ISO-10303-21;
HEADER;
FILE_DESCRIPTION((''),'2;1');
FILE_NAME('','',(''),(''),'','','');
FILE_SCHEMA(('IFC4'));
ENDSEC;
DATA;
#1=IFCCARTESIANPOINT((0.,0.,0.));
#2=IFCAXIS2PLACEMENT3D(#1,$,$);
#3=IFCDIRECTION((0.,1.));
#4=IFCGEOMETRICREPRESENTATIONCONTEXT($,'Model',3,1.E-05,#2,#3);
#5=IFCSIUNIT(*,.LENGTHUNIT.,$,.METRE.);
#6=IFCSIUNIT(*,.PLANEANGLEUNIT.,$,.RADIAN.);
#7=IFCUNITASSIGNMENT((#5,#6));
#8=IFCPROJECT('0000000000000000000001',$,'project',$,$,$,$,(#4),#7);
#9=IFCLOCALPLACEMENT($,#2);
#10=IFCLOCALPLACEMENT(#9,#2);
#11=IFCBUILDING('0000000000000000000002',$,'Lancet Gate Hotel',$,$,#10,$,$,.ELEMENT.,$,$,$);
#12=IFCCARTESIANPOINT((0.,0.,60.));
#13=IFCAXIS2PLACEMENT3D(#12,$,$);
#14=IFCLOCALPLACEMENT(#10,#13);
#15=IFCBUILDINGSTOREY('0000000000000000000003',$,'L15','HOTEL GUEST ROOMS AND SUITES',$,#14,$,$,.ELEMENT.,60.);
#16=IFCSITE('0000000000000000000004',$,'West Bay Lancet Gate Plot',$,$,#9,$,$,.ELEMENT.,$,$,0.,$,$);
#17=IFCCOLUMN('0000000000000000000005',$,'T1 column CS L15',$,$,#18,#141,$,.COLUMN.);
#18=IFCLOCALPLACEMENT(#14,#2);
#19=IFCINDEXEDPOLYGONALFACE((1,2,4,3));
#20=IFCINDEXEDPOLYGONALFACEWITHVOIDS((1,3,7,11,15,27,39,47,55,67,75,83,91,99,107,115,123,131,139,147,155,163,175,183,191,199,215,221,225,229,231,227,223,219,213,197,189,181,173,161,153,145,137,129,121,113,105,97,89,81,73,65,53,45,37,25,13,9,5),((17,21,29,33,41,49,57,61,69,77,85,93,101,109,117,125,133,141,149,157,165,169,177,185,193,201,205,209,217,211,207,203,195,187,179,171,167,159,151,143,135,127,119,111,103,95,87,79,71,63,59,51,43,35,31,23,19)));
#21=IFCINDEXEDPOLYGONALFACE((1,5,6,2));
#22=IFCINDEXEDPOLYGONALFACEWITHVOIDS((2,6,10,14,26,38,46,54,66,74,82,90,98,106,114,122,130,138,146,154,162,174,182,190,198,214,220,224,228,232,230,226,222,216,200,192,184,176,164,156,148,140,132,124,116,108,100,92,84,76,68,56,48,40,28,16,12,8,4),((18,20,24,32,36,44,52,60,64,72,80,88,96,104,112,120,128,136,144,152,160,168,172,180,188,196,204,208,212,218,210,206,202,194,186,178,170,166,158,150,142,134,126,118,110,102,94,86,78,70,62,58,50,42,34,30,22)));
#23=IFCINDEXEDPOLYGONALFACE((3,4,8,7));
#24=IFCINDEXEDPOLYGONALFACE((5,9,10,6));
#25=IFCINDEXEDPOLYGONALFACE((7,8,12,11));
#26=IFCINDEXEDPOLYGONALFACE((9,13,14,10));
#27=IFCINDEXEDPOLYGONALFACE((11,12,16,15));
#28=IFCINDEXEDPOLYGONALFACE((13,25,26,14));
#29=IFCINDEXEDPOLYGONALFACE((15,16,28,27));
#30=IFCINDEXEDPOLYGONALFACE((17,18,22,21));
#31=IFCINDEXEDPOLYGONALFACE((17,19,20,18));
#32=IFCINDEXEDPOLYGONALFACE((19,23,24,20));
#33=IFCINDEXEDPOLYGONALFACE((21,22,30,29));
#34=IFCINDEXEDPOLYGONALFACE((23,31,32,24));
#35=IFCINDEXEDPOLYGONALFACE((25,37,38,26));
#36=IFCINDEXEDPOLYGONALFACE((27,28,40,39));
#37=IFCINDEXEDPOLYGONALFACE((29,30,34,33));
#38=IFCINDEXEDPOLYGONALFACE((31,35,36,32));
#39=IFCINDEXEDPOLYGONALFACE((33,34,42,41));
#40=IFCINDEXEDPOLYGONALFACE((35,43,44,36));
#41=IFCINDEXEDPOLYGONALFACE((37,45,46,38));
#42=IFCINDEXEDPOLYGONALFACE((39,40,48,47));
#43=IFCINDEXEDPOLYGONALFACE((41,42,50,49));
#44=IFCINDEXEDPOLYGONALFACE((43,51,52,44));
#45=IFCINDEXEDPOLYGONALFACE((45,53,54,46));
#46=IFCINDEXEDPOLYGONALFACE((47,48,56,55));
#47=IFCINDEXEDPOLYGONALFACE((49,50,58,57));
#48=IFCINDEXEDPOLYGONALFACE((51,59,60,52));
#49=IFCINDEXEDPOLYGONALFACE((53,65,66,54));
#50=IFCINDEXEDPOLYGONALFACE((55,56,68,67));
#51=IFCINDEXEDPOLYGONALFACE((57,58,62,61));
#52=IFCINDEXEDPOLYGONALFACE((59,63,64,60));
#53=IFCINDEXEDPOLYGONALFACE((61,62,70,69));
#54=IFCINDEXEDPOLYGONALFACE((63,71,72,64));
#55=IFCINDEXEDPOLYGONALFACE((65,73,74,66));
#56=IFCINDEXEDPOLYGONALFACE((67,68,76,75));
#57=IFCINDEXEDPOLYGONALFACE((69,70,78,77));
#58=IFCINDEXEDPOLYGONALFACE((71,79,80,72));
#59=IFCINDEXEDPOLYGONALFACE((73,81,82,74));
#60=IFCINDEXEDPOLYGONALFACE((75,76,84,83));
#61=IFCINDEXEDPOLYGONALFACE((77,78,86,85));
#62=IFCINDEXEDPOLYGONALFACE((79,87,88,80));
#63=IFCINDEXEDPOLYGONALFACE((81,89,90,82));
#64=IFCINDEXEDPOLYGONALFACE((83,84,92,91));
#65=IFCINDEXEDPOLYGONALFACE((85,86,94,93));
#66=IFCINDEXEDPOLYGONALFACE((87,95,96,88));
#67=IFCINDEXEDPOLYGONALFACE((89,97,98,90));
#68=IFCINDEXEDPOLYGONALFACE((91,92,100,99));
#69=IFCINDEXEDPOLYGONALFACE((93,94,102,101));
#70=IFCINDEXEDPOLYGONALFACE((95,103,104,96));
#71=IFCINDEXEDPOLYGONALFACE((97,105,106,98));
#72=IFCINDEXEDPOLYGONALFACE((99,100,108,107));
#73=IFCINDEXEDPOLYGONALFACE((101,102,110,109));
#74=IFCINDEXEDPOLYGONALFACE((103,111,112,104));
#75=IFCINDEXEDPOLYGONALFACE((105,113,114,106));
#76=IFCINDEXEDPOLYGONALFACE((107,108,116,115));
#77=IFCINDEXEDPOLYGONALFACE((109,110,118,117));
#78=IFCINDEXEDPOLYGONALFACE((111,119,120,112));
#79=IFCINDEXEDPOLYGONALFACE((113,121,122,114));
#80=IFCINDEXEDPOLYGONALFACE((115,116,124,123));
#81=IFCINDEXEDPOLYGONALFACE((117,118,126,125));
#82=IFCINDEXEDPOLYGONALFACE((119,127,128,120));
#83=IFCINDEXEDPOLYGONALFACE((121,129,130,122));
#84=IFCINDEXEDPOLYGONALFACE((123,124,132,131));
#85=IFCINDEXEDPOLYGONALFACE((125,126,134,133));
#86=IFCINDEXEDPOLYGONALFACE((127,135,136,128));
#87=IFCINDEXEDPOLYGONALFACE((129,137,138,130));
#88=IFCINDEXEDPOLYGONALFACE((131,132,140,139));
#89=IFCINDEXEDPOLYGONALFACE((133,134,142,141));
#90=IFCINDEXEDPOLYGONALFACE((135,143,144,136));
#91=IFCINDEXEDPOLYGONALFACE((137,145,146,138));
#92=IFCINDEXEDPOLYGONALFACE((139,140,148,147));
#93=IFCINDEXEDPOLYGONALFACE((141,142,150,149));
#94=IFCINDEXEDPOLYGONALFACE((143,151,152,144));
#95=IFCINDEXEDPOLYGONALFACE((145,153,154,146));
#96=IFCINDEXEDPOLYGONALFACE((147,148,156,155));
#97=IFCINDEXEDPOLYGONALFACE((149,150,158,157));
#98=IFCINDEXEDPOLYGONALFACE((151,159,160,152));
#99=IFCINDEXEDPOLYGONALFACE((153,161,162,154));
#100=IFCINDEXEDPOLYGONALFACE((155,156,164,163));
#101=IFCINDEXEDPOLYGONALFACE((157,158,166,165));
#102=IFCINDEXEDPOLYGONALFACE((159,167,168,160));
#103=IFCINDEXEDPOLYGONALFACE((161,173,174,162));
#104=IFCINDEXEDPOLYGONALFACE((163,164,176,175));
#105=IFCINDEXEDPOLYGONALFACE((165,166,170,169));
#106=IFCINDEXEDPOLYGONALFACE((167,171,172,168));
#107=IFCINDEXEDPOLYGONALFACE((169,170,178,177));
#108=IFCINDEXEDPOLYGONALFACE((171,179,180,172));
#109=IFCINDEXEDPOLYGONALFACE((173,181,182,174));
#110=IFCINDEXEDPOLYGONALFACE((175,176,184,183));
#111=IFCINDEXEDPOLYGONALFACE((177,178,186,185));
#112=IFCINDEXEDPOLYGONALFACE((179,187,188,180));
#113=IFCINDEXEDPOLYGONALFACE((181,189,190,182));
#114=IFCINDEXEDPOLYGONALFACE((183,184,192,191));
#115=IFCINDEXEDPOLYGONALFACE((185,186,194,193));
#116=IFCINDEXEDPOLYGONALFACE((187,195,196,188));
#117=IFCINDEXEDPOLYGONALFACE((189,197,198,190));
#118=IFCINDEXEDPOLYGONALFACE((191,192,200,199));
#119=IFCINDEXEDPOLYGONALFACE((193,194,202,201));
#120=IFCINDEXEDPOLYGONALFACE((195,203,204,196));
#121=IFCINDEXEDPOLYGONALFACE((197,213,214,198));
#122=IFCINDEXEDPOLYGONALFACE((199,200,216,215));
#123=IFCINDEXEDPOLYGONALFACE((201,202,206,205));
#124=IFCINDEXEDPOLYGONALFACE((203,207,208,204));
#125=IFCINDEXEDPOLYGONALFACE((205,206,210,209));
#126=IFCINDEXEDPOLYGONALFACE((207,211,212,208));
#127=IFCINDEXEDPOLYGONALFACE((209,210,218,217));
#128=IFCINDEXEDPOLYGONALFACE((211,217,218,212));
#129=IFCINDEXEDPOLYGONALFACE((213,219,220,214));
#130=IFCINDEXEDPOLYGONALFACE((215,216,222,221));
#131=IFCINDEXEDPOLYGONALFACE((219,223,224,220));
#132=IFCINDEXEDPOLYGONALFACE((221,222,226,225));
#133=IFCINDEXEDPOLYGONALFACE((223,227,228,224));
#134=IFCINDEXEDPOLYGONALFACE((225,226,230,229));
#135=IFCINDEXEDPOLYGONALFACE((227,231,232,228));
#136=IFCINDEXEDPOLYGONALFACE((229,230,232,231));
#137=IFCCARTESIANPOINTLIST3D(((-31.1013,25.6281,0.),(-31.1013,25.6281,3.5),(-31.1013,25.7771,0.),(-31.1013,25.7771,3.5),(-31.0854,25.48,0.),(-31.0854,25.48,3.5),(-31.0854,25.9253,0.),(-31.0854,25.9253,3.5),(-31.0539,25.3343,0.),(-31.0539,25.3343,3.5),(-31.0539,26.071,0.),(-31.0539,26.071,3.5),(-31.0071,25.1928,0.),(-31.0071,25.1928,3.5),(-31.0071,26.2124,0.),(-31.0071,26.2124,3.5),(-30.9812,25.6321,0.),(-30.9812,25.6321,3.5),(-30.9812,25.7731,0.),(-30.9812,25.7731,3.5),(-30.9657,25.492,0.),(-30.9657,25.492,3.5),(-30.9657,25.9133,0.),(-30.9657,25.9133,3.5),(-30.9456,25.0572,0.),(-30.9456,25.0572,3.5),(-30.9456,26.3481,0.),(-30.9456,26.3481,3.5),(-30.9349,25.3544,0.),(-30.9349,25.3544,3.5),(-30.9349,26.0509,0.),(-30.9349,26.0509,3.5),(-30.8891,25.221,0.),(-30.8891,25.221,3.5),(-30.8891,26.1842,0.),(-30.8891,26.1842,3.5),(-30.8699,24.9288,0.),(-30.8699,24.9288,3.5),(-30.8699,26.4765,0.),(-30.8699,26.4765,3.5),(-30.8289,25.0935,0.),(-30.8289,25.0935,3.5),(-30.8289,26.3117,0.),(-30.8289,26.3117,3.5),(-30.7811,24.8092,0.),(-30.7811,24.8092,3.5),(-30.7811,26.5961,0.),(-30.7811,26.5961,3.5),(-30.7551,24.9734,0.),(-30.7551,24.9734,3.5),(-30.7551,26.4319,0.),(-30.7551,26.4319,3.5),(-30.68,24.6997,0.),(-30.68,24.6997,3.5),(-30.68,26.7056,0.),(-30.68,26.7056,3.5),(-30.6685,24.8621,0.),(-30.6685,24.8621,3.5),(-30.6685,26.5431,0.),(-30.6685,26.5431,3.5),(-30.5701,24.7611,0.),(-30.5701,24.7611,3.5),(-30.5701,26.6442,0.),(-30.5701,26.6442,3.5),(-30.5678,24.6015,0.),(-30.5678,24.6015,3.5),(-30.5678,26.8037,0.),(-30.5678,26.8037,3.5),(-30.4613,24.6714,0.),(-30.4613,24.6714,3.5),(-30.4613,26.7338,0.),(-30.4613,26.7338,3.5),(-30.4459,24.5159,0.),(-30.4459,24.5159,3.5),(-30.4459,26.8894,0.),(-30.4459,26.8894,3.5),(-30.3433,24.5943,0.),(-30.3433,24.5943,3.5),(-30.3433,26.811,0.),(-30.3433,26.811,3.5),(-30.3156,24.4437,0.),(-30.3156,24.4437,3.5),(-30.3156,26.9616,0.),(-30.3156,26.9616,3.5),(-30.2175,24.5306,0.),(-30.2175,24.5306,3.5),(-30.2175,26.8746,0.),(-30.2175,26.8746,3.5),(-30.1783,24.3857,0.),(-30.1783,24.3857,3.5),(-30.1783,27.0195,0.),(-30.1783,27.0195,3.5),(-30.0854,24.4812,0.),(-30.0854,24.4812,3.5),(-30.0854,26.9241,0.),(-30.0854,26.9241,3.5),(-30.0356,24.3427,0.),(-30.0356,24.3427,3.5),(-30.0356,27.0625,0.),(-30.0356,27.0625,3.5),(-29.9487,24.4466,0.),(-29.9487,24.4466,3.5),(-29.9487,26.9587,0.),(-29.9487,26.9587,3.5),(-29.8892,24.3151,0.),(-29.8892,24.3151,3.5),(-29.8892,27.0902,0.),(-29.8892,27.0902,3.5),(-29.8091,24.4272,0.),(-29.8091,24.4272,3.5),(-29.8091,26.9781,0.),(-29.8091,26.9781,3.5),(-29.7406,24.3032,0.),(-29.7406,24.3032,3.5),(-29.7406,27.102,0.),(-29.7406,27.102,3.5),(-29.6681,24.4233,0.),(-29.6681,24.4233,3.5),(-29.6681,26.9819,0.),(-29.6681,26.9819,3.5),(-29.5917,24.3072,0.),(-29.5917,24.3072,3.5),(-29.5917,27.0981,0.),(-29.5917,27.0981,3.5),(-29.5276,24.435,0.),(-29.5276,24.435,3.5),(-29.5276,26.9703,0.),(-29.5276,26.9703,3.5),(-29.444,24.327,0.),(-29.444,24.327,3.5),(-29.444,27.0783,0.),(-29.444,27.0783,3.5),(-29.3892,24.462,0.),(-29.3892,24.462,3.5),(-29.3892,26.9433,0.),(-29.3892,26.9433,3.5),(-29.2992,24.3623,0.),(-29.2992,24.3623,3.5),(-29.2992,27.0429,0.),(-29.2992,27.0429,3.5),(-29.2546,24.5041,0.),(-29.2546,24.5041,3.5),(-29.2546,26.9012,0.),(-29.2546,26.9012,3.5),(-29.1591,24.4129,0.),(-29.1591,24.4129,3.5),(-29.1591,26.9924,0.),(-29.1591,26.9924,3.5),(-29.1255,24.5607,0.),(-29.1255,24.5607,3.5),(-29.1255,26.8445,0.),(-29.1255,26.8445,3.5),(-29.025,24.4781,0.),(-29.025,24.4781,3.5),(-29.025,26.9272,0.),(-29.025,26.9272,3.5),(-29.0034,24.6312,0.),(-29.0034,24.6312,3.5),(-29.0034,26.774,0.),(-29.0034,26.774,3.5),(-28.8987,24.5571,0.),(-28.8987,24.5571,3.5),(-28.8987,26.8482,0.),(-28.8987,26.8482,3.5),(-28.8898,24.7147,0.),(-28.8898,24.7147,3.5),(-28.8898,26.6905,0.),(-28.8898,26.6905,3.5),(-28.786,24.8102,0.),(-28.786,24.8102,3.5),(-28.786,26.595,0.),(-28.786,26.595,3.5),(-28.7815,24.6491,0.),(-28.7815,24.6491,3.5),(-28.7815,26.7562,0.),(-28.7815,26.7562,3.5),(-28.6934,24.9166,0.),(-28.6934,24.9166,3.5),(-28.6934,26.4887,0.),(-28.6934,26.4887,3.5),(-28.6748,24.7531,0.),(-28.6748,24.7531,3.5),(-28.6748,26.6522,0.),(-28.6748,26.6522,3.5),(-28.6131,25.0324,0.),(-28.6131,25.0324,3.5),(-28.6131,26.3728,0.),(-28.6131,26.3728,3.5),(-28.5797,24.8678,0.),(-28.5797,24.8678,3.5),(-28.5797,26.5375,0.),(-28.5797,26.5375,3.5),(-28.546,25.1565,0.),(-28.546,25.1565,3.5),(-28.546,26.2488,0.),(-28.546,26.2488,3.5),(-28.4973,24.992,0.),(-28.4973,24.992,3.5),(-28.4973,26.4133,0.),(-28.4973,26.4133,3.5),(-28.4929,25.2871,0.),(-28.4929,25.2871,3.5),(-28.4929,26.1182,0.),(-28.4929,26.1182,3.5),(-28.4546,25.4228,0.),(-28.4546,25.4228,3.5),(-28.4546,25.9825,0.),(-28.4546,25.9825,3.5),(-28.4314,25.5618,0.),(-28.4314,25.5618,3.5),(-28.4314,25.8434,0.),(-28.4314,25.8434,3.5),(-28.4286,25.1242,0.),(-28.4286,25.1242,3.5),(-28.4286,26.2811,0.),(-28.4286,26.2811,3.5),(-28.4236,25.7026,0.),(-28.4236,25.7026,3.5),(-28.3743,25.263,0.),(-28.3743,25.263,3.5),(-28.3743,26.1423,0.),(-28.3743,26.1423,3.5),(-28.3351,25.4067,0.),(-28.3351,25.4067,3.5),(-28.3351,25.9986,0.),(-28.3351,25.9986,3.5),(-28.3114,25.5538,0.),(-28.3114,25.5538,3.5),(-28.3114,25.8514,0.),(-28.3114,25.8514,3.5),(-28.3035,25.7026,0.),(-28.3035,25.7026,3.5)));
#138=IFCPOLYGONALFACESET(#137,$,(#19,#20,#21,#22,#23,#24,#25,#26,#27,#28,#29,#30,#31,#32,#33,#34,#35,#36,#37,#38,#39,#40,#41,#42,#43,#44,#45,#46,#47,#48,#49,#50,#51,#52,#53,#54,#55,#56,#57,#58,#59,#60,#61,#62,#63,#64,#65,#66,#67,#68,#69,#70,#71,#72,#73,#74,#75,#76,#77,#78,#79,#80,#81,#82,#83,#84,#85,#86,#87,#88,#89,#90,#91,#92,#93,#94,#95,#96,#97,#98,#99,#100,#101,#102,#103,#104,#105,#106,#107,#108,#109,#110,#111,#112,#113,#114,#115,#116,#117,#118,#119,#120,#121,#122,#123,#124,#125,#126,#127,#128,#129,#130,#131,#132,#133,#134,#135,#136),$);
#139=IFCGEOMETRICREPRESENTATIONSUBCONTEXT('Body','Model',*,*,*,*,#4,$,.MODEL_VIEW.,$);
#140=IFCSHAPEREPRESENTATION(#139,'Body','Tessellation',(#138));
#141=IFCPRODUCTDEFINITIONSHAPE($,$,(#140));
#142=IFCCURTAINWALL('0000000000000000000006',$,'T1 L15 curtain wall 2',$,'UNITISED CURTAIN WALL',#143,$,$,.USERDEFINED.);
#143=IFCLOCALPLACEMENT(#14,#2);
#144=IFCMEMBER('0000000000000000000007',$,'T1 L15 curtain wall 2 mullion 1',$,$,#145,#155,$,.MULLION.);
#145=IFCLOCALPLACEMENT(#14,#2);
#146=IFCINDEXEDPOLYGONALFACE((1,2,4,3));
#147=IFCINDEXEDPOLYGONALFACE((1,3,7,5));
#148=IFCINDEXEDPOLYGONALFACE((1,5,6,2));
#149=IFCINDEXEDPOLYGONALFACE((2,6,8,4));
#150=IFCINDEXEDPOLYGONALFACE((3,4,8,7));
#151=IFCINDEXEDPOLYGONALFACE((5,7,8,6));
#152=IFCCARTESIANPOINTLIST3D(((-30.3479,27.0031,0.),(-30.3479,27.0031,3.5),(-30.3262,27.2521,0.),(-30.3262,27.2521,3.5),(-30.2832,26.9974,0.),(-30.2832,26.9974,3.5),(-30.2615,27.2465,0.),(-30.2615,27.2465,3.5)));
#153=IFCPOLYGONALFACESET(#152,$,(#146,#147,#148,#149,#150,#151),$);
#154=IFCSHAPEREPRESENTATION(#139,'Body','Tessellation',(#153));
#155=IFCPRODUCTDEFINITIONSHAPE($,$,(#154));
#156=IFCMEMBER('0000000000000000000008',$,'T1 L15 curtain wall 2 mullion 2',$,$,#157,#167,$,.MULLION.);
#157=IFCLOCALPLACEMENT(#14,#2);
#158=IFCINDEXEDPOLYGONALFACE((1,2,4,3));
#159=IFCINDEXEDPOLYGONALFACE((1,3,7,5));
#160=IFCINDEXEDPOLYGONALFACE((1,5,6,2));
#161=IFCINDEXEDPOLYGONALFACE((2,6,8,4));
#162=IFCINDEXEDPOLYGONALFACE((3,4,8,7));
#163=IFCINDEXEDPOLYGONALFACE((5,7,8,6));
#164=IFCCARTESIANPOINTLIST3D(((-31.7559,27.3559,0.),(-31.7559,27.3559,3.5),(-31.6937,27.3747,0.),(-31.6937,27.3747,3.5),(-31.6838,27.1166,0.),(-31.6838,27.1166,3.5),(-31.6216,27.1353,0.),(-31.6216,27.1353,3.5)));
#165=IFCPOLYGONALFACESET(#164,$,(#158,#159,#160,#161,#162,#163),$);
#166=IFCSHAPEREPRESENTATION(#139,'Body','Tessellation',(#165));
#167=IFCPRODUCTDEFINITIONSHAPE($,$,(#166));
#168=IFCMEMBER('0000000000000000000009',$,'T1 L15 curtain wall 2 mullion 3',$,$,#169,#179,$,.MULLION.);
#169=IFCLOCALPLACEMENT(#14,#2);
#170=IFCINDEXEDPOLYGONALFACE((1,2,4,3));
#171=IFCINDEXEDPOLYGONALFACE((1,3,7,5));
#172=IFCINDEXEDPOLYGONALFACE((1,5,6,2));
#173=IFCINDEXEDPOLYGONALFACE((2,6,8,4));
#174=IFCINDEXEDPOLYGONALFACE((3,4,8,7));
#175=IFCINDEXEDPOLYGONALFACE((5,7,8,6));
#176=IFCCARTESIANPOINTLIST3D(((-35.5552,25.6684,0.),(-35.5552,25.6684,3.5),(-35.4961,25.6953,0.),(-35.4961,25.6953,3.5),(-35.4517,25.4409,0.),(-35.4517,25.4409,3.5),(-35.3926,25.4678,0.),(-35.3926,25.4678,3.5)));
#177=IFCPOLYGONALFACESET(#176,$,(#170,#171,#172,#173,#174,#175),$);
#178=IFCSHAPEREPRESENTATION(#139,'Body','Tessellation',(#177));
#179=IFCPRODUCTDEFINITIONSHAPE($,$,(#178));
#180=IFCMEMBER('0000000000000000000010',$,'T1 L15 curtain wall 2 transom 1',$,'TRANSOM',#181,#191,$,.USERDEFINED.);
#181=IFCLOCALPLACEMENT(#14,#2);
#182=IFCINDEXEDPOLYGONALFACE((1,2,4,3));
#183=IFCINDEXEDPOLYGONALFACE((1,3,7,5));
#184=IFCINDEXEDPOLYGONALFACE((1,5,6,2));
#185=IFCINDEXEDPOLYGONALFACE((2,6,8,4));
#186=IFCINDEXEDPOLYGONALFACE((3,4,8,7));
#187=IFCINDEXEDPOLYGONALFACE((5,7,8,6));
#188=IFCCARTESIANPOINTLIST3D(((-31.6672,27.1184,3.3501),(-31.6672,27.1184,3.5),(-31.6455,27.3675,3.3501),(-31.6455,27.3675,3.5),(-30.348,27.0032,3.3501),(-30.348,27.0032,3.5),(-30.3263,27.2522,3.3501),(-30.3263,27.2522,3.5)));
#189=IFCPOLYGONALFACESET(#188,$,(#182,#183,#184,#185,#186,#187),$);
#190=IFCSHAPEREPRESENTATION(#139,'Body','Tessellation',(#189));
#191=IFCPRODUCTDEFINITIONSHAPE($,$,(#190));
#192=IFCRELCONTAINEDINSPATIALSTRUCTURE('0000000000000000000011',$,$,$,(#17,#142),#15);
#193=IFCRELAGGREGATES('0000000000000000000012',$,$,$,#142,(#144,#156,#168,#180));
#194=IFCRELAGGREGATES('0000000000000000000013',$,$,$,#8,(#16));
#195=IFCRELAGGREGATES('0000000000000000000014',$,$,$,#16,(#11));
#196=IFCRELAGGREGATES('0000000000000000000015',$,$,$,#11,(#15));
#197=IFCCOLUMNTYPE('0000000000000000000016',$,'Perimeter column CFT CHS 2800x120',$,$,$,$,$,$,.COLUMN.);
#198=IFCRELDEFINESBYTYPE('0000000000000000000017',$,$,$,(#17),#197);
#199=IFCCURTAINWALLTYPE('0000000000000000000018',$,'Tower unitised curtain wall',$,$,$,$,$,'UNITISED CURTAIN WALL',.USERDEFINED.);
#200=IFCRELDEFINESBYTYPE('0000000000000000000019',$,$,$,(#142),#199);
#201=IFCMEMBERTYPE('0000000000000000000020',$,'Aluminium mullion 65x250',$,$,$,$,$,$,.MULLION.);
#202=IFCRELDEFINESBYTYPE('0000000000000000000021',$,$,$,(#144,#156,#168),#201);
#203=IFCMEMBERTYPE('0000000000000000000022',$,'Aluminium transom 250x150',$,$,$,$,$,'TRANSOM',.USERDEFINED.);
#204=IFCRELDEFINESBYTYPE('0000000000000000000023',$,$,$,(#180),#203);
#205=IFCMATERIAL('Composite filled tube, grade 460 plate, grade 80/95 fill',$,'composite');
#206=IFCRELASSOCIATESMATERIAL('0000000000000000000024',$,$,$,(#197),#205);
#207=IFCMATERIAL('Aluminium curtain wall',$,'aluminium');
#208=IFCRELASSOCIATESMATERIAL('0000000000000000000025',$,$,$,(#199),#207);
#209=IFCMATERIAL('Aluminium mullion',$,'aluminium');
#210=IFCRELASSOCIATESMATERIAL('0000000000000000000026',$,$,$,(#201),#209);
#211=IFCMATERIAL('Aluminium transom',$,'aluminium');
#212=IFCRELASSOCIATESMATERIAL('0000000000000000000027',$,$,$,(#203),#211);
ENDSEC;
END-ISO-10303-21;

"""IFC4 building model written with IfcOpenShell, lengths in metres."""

from ifc_helpers import new_model, si_unit, direction, frame, origin, origin_2d, place, context, subcontext, project, spatial, rectangle, hollow_circle, extrude, material, material_profile, profile_set, type_object, element, aggregate, save


model = new_model("IFC4")

# Units and contexts
model_context = context("Model", 3, precision=1e-05, world=origin(), true_north=direction((0.0, 1.0)))
body_context = subcontext(model_context, "Body", "Model", "MODEL_VIEW")
ifc_project = project(units=[si_unit("LENGTHUNIT", "METRE"), si_unit("PLANEANGLEUNIT", "RADIAN")], contexts=[model_context])

# Site, building, storey
site_placement = place(None, origin())
site = spatial("IfcSite", under=ifc_project, at=site_placement, Name="West Bay Lancet Gate Plot", CompositionType="ELEMENT", RefElevation=0.0)
building_placement = place(site_placement, origin())
building = spatial("IfcBuilding", under=site, at=building_placement, Name="Lancet Gate Hotel", CompositionType="ELEMENT")
storey_placement = place(building_placement, frame((0.0, 0.0, 60.0)))
storey = spatial("IfcBuildingStorey", under=building, at=storey_placement, Name="L15", Description="HOTEL GUEST ROOMS AND SUITES", CompositionType="ELEMENT", Elevation=60.0)

# Column
ifc_material_1 = material(Name="Composite filled tube, grade 460 plate, grade 80/95 fill", Category="composite")
ifc_material_profile_1 = material_profile(ifc_material_1, hollow_circle(Radius=1.3999, WallThickness=0.1201, at=origin_2d()), Name="CHS 2800x120")
ifc_profile_set_1 = profile_set([ifc_material_profile_1], Name="Composite filled tube, grade 460 plate, grade 80/95 fill")
column_type = type_object("IfcColumnType", Name="Perimeter column CFT CHS 2800x120", PredefinedType="COLUMN", material=ifc_profile_set_1)
column_placement = place(storey_placement, frame((-29.7034, 25.7026, 0.0), z_axis=(0.0, 0.0, 1.0), x_axis=(1.0, 0.0, 0.0)))
element("IfcColumn", 1, at=column_placement, inside=storey, type_object=column_type, Name="T1 column CS L15", PredefinedType="COLUMN", context=body_context, shape_type="SweptSolid", body=[
    extrude(hollow_circle(Radius=1.3999, WallThickness=0.1201, at=origin_2d()), origin(), (0.0, 0.0, 1.0), 3.5),
])

# Curtain wall, members
ifc_material_2 = material(Name="Aluminium curtain wall", Category="aluminium")
curtain_wall_type = type_object("IfcCurtainWallType", Name="Tower unitised curtain wall", ElementType="UNITISED CURTAIN WALL", PredefinedType="USERDEFINED", material=ifc_material_2)
curtain_wall_placement = place(storey_placement, origin())
curtain_wall = element("IfcCurtainWall", 2, at=curtain_wall_placement, inside=storey, type_object=curtain_wall_type, Name="T1 L15 curtain wall 2", ObjectType="UNITISED CURTAIN WALL", PredefinedType="USERDEFINED")
ifc_material_3 = material(Name="Aluminium mullion", Category="aluminium")
ifc_material_profile_2 = material_profile(ifc_material_3, rectangle(XDim=0.0649, YDim=0.25, at=origin_2d()), Name="MULLION 65x250")
ifc_profile_set_2 = profile_set([ifc_material_profile_2], Name="Aluminium mullion")
member_type_1 = type_object("IfcMemberType", Name="Aluminium mullion 65x250", PredefinedType="MULLION", material=ifc_profile_set_2)
member_1_placement = place(storey_placement, frame((-30.3047, 27.1248, 0.0), z_axis=(0.0, 0.0, 1.0), x_axis=(-0.996204, 0.087052, 0.0)))
member_1 = element("IfcMember", 3, at=member_1_placement, type_object=member_type_1, Name="T1 L15 curtain wall 2 mullion 1", PredefinedType="MULLION", context=body_context, shape_type="SweptSolid", body=[
    extrude(rectangle(XDim=0.0649, YDim=0.25, at=origin_2d()), origin(), (0.0, 0.0, 1.0), 3.5),
])
member_2_placement = place(storey_placement, frame((-31.6887, 27.2456, 0.0), z_axis=(0.0, 0.0, 1.0), x_axis=(-0.957524, -0.288352, 0.0)))
member_2 = element("IfcMember", 4, at=member_2_placement, type_object=member_type_1, Name="T1 L15 curtain wall 2 mullion 2", PredefinedType="MULLION", context=body_context, shape_type="SweptSolid", body=[
    extrude(rectangle(XDim=0.0649, YDim=0.25, at=origin_2d()), origin(), (0.0, 0.0, 1.0), 3.5),
])
member_3_placement = place(storey_placement, frame((-35.4739, 25.5681, 0.0), z_axis=(0.0, 0.0, 1.0), x_axis=(-0.91022, -0.414126, 0.0)))
member_3 = element("IfcMember", 5, at=member_3_placement, type_object=member_type_1, Name="T1 L15 curtain wall 2 mullion 3", PredefinedType="MULLION", context=body_context, shape_type="SweptSolid", body=[
    extrude(rectangle(XDim=0.0649, YDim=0.25, at=origin_2d()), origin(), (0.0, 0.0, 1.0), 3.5),
])
ifc_material_4 = material(Name="Aluminium transom", Category="aluminium")
ifc_material_profile_3 = material_profile(ifc_material_4, rectangle(XDim=0.25, YDim=0.1499, at=origin_2d()), Name="TRANSOM 250x150")
ifc_profile_set_3 = profile_set([ifc_material_profile_3], Name="Aluminium transom")
member_type_2 = type_object("IfcMemberType", Name="Aluminium transom 250x150", ElementType="TRANSOM", PredefinedType="USERDEFINED", material=ifc_profile_set_3)
member_4_placement = place(storey_placement, frame((-30.3372, 27.1277, 3.425), z_axis=(-0.996206, 0.087027, 0.0), x_axis=(-0.087027, -0.996206, 0.0)))
member_4 = element("IfcMember", 6, at=member_4_placement, type_object=member_type_2, Name="T1 L15 curtain wall 2 transom 1", ObjectType="TRANSOM", PredefinedType="USERDEFINED", context=body_context, shape_type="SweptSolid", body=[
    extrude(rectangle(XDim=0.25, YDim=0.1499, at=origin_2d()), origin(), (0.0, 0.0, 1.0), 1.3242),
])

aggregate(curtain_wall, [member_1, member_2, member_3, member_4])

save(model, "model.ifc")
